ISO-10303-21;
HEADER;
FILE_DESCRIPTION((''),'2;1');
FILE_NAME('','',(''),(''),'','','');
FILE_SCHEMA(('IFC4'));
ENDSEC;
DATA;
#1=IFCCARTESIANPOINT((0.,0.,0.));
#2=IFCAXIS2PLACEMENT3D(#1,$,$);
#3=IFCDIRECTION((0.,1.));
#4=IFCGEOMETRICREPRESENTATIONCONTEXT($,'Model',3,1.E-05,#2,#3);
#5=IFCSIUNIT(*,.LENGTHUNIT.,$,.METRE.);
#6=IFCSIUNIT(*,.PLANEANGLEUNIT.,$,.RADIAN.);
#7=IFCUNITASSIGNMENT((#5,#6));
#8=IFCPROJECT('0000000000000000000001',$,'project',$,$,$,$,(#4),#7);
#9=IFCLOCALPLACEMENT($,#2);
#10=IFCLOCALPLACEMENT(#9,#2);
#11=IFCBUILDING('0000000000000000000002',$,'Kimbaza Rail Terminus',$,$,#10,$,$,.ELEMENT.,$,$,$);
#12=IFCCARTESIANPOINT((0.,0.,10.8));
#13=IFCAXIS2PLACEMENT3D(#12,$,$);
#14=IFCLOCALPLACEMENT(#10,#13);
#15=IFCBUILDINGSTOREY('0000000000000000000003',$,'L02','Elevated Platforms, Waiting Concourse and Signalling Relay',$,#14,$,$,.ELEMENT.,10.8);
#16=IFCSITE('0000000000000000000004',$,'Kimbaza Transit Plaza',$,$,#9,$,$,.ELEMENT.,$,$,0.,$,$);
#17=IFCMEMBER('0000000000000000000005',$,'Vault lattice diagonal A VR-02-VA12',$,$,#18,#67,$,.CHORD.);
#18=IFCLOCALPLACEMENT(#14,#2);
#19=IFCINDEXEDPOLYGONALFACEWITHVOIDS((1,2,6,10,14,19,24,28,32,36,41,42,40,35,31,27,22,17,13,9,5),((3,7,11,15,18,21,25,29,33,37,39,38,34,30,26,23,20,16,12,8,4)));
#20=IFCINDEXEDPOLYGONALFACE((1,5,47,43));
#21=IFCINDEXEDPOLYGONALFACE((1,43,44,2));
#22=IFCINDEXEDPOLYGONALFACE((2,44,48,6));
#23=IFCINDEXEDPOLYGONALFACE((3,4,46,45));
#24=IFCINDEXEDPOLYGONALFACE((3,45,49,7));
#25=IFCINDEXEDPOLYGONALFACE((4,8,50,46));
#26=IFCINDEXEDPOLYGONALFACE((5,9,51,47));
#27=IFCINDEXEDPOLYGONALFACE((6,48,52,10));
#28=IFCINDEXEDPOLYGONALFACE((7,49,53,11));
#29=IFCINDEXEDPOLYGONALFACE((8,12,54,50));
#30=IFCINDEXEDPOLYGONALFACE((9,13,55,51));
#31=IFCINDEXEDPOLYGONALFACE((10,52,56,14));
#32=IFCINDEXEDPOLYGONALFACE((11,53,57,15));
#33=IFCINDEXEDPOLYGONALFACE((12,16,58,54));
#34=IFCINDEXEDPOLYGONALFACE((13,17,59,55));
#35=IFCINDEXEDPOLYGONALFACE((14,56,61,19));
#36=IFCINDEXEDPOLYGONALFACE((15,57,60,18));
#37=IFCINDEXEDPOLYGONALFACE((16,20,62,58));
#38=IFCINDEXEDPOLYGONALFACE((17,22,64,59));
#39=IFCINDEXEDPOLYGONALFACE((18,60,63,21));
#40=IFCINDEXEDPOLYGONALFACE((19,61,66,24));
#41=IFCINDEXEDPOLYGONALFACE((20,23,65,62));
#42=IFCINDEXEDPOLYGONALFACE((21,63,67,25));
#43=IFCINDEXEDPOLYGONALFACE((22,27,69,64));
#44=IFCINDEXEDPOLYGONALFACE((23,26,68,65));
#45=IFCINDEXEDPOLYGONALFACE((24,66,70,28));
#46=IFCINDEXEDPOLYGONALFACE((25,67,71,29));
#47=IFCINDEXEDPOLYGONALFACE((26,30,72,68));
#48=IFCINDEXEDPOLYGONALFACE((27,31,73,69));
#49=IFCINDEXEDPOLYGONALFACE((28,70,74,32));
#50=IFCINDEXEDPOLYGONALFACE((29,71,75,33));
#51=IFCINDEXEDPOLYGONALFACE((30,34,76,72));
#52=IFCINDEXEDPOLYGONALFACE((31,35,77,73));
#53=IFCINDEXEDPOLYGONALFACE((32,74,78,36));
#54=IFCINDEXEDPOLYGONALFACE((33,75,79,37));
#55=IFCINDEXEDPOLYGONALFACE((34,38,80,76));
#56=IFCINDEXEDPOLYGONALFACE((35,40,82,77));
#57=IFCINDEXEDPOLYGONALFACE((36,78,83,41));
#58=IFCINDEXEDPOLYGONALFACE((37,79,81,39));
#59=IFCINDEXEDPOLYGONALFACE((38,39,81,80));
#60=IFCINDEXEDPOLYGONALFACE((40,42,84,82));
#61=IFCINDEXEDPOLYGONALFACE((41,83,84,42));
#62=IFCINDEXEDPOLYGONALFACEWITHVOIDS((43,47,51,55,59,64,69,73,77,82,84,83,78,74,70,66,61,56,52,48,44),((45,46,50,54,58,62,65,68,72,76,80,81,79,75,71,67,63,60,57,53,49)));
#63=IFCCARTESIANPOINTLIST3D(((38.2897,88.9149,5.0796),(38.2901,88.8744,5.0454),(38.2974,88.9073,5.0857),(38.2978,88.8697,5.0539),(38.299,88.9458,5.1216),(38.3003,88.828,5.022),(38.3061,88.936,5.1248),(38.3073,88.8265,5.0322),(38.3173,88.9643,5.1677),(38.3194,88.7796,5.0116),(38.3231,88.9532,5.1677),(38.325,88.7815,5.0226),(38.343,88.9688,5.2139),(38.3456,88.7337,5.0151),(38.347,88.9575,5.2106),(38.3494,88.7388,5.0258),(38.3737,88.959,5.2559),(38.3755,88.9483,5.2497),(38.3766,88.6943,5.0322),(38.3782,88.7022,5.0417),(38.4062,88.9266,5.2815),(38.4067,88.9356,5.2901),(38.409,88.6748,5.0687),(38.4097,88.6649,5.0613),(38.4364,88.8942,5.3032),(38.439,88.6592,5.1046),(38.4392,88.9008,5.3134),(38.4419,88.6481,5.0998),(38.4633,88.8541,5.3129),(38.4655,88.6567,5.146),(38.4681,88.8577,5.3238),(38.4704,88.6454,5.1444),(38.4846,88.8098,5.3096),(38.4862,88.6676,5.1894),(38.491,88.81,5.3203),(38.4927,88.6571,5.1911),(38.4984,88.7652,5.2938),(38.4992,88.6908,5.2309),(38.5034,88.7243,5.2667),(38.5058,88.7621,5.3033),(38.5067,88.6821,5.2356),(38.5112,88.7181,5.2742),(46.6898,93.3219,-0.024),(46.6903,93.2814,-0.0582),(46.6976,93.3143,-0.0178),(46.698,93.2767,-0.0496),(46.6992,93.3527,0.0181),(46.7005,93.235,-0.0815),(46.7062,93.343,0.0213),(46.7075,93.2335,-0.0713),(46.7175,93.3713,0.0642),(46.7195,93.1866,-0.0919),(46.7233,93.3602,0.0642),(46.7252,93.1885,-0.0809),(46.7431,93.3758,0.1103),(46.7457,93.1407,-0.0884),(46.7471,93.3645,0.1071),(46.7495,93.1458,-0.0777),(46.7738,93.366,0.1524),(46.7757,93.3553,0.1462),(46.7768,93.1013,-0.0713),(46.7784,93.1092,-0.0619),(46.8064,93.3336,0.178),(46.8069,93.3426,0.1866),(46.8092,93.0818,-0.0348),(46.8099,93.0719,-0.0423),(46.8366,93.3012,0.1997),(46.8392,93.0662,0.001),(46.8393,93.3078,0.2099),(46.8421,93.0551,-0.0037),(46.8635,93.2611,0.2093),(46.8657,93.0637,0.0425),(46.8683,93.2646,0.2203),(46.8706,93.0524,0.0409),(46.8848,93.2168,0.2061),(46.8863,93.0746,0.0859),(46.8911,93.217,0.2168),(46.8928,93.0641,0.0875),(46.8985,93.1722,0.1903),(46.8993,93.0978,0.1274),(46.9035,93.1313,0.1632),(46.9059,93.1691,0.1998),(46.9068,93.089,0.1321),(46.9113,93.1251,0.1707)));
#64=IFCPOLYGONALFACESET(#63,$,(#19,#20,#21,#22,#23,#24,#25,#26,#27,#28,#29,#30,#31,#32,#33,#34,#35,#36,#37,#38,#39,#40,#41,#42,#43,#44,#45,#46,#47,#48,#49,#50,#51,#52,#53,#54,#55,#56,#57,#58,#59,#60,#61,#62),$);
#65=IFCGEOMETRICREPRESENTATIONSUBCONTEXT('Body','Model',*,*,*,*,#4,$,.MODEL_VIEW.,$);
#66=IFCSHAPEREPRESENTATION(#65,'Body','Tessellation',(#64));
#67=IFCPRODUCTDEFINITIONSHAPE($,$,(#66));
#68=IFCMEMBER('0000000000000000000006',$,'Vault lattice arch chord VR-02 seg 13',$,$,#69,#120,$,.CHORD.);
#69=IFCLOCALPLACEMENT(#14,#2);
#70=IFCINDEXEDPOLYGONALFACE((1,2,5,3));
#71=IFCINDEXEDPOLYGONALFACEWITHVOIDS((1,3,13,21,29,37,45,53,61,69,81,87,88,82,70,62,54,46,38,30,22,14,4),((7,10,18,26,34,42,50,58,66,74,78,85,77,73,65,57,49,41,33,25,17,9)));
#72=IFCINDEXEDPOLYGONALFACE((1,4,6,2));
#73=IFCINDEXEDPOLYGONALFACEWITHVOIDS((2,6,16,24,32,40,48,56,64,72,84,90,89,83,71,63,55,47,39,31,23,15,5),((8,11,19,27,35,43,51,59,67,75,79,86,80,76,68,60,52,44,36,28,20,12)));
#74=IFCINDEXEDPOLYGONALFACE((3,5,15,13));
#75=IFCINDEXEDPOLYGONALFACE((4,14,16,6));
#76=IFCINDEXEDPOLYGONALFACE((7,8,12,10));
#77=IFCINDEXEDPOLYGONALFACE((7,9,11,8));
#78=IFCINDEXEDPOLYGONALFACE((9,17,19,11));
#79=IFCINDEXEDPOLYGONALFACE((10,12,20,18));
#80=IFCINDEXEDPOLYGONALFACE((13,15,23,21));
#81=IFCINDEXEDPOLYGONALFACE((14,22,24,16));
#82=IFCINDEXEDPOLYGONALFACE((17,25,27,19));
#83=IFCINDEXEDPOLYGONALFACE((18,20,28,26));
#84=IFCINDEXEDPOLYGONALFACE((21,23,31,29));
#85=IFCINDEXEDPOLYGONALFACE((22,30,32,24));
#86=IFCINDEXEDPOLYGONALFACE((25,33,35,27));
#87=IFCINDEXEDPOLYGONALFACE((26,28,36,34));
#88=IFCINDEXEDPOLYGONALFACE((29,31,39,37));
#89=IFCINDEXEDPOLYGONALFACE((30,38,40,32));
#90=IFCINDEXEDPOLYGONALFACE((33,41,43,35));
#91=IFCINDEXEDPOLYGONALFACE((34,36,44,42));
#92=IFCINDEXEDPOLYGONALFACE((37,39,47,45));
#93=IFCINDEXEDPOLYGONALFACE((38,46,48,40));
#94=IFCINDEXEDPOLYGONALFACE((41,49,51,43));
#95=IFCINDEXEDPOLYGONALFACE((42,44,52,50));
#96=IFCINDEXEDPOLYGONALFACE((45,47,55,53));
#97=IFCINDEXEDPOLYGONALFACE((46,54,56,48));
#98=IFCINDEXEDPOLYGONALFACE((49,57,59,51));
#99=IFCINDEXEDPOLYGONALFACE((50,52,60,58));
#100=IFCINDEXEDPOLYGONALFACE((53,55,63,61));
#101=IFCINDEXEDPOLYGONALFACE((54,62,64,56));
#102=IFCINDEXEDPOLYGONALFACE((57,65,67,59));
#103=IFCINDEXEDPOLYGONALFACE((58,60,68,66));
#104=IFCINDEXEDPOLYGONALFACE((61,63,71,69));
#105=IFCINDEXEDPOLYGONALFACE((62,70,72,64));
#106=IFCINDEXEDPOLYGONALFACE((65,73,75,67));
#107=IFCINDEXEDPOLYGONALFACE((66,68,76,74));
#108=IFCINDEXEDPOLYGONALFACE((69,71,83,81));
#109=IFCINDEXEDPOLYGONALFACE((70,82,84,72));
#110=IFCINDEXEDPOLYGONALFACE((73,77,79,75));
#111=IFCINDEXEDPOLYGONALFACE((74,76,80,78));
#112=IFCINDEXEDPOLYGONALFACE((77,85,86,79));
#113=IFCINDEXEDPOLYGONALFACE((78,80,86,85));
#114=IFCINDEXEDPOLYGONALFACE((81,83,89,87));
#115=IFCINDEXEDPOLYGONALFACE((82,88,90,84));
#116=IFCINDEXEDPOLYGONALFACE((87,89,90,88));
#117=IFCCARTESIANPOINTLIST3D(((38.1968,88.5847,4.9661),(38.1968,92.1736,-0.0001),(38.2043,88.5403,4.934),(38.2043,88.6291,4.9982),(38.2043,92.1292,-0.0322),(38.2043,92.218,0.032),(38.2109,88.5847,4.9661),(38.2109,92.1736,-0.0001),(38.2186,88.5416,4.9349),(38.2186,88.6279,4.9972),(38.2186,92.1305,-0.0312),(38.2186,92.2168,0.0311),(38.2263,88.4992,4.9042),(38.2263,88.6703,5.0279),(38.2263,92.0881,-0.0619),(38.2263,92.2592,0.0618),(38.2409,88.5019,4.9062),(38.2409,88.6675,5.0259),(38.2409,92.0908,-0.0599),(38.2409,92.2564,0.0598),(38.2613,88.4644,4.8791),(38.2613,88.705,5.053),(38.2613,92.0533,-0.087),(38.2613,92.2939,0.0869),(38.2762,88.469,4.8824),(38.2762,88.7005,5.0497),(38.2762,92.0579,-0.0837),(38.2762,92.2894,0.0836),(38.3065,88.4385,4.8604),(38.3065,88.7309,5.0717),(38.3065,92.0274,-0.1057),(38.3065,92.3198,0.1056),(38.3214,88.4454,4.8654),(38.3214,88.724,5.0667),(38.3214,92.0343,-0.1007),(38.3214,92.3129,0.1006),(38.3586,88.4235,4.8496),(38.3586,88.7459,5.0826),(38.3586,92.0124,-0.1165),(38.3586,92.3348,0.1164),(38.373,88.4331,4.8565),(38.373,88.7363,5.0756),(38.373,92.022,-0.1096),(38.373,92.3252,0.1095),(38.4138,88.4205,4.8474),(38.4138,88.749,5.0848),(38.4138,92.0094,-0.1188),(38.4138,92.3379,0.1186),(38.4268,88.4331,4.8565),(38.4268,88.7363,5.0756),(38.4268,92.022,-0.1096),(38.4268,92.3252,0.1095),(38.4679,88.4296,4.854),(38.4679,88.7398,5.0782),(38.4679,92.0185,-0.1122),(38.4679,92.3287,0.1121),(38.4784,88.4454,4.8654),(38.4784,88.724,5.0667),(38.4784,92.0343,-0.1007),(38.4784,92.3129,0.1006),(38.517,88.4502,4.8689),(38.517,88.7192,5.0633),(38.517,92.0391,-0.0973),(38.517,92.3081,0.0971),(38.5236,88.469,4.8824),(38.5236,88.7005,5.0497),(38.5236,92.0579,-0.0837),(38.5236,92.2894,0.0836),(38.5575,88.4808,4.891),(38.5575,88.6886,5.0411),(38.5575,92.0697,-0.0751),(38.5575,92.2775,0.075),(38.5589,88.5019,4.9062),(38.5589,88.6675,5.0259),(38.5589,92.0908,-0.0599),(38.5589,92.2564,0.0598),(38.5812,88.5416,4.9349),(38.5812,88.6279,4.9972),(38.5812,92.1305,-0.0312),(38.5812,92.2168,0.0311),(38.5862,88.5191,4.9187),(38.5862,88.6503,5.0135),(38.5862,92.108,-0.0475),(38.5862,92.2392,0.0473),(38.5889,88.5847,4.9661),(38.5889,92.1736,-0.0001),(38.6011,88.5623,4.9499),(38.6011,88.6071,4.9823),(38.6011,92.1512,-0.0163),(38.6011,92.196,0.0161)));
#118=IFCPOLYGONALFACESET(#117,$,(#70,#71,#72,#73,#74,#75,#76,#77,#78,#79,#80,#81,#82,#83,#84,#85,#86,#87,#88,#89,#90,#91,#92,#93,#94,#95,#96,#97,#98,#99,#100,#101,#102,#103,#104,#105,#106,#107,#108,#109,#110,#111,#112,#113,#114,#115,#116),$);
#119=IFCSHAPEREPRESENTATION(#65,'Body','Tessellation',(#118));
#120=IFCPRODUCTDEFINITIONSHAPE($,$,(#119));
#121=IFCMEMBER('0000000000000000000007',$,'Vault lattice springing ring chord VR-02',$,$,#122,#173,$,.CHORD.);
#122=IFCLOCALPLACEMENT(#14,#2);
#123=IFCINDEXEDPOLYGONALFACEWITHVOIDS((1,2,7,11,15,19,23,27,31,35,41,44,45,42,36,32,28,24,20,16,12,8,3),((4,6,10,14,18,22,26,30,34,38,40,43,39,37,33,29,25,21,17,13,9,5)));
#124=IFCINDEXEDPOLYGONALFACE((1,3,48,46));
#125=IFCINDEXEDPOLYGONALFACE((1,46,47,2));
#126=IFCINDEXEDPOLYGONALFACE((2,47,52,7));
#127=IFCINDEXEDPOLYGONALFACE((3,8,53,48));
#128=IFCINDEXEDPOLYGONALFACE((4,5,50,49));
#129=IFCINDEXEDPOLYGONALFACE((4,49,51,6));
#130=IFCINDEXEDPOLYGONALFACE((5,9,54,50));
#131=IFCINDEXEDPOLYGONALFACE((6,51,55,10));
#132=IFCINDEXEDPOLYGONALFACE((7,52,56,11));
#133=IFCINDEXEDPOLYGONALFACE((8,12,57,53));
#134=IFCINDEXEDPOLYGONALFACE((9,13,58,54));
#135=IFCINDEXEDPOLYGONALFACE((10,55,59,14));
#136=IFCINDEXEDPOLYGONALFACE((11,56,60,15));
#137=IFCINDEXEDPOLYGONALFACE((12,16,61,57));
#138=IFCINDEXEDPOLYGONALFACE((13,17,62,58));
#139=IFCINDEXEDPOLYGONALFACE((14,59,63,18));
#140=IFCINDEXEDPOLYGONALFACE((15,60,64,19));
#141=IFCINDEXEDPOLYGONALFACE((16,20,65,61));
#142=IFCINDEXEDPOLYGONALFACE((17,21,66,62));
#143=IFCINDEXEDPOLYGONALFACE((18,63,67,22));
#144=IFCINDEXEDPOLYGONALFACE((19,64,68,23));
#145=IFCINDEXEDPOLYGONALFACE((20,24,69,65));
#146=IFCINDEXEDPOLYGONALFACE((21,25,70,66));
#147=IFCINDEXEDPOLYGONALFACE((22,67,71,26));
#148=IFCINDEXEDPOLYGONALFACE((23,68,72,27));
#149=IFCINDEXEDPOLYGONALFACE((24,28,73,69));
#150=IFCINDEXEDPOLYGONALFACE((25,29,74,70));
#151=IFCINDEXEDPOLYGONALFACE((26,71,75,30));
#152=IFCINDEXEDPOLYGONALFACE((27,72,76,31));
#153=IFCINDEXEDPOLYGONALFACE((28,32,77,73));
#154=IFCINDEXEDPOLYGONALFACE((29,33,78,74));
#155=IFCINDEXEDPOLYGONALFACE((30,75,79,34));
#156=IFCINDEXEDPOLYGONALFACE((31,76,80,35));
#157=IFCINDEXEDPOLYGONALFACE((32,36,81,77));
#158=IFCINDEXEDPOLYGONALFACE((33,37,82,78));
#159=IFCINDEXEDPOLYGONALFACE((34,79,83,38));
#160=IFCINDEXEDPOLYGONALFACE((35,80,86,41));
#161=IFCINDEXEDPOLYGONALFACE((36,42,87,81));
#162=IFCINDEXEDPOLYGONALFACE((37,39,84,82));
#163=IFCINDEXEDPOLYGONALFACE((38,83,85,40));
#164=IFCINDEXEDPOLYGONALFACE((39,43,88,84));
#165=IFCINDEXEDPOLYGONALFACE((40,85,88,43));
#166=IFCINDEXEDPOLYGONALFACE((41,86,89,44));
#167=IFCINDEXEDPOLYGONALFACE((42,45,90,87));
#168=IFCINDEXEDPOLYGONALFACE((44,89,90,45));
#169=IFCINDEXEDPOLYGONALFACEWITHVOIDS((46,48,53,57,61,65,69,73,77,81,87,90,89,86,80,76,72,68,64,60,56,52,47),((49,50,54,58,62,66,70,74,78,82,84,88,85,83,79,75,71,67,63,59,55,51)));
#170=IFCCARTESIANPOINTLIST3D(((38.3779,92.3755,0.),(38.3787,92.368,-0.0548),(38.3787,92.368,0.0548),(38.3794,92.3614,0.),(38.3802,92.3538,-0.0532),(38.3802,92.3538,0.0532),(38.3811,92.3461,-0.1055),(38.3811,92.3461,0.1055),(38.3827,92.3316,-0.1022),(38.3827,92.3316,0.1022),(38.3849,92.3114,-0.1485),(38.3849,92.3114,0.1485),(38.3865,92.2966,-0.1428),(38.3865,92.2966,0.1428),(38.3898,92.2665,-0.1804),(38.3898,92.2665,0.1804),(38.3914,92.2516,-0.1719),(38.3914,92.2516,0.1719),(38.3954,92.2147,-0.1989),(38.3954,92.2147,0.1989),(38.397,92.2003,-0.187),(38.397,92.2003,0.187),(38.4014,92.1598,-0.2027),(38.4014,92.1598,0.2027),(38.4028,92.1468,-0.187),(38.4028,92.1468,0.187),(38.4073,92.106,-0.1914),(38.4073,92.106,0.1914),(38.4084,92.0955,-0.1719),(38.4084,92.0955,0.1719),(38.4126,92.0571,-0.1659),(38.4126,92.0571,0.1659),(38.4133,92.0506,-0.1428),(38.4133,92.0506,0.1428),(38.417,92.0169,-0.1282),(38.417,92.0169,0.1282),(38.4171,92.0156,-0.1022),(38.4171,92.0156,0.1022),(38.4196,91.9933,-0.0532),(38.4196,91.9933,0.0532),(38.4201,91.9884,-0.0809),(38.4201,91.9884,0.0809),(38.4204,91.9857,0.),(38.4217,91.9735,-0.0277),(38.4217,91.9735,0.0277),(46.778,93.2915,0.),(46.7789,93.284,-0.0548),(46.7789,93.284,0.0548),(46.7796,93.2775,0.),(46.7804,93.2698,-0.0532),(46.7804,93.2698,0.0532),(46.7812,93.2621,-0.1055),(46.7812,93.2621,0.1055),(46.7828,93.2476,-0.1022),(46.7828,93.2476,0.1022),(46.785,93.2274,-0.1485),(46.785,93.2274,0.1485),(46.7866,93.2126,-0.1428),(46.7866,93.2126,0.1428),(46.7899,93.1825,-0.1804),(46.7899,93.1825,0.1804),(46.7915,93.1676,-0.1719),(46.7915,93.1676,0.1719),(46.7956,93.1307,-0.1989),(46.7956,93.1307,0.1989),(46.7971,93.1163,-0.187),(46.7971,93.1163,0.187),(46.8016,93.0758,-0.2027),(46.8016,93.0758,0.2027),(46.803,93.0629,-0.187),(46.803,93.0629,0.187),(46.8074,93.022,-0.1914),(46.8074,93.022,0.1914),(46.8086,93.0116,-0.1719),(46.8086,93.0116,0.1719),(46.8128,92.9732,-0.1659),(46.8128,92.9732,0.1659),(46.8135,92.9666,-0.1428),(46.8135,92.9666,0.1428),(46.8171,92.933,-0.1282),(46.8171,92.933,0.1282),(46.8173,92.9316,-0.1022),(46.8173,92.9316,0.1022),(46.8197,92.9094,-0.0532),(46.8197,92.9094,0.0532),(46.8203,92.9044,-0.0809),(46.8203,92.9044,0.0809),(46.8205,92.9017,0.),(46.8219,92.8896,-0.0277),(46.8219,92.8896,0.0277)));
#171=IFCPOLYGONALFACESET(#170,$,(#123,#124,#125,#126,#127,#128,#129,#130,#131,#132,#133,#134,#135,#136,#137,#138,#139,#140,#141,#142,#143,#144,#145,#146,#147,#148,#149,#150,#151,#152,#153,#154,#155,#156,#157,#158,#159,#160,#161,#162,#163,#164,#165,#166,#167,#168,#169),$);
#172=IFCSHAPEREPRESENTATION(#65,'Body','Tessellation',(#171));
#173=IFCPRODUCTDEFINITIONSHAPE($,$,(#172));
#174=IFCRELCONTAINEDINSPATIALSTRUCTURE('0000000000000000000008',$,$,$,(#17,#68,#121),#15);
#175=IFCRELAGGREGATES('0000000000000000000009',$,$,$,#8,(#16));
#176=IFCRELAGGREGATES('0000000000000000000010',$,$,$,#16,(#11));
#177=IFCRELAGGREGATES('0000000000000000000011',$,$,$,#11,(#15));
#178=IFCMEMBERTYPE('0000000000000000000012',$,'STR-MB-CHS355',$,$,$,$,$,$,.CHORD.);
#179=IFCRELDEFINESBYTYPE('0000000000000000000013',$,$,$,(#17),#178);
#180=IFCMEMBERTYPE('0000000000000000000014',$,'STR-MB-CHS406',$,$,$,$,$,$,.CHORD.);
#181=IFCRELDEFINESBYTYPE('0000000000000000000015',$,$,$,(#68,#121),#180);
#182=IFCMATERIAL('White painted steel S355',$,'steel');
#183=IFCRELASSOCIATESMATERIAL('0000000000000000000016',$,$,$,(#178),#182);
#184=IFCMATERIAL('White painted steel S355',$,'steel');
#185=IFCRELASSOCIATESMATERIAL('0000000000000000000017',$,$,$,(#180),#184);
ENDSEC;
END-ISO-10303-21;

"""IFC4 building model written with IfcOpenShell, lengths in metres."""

from ifc_helpers import new_model, si_unit, direction, frame, origin, origin_2d, place, context, subcontext, project, spatial, hollow_circle, extrude, material, material_profile, profile_set, type_object, element, save


model = new_model("IFC4")

# Units and contexts
model_context = context("Model", 3, precision=1e-05, world=origin(), true_north=direction((0.0, 1.0)))
body_context = subcontext(model_context, "Body", "Model", "MODEL_VIEW")
ifc_project = project(units=[si_unit("LENGTHUNIT", "METRE"), si_unit("PLANEANGLEUNIT", "RADIAN")], contexts=[model_context])

# Site, building, storey
site_placement = place(None, origin())
site = spatial("IfcSite", under=ifc_project, at=site_placement, Name="Kimbaza Transit Plaza", CompositionType="ELEMENT", RefElevation=0.0)
building_placement = place(site_placement, origin())
building = spatial("IfcBuilding", under=site, at=building_placement, Name="Kimbaza Rail Terminus", CompositionType="ELEMENT")
storey_placement = place(building_placement, frame((0.0, 0.0, 10.8)))
storey = spatial("IfcBuildingStorey", under=building, at=storey_placement, Name="L02", Description="Elevated Platforms, Waiting Concourse and Signalling Relay", CompositionType="ELEMENT", Elevation=10.8)

# Members
ifc_material_1 = material(Name="White painted steel S355", Category="steel")
ifc_material_profile_1 = material_profile(ifc_material_1, hollow_circle(Radius=0.1777, WallThickness=0.0125, at=origin_2d()), Name="CHS 355.6x12.5")
ifc_profile_set_1 = profile_set([ifc_material_profile_1], Name="White painted steel S355")
member_type_1 = type_object("IfcMemberType", Name="STR-MB-CHS355", PredefinedType="CHORD", material=ifc_profile_set_1)
member_1_placement = place(storey_placement, frame((38.3999, 88.8069, 5.1677), z_axis=(0.779834, 0.409125, -0.473789), x_axis=(-0.464578, 0.885532, 0.0)))
element("IfcMember", 1, at=member_1_placement, inside=storey, type_object=member_type_1, Name="Vault lattice diagonal A VR-02-VA12", PredefinedType="CHORD", context=body_context, shape_type="SweptSolid", body=[
    extrude(hollow_circle(Radius=0.1777, WallThickness=0.0125, at=origin_2d()), origin(), (0.0, 0.0, 1.0), 10.7717),
])
ifc_material_2 = material(Name="White painted steel S355", Category="steel")
ifc_material_profile_2 = material_profile(ifc_material_2, hollow_circle(Radius=0.2031, WallThickness=0.0142, at=origin_2d()), Name="CHS 406.4x14.2")
ifc_profile_set_2 = profile_set([ifc_material_profile_2], Name="White painted steel S355")
member_type_2 = type_object("IfcMemberType", Name="STR-MB-CHS406", PredefinedType="CHORD", material=ifc_profile_set_2)
member_2_placement = place(storey_placement, frame((38.3999, 88.5847, 4.9661), z_axis=(0.0, 0.585733, -0.810504), x_axis=(-1.0, 0.0, 0.0)))
element("IfcMember", 2, at=member_2_placement, inside=storey, type_object=member_type_2, Name="Vault lattice arch chord VR-02 seg 13", PredefinedType="CHORD", context=body_context, shape_type="SweptSolid", body=[
    extrude(hollow_circle(Radius=0.2031, WallThickness=0.0142, at=origin_2d()), origin(), (0.0, 0.0, 1.0), 6.1272),
])
member_3_placement = place(storey_placement, frame((38.3999, 92.1736, 0.0), z_axis=(0.994107, 0.108405, 0.0), x_axis=(-0.108405, 0.994107, 0.0)))
element("IfcMember", 3, at=member_3_placement, inside=storey, type_object=member_type_2, Name="Vault lattice springing ring chord VR-02", PredefinedType="CHORD", context=body_context, shape_type="SweptSolid", body=[
    extrude(hollow_circle(Radius=0.2031, WallThickness=0.0142, at=origin_2d()), origin(), (0.0, 0.0, 1.0), 8.45),
])

save(model, "model.ifc")
